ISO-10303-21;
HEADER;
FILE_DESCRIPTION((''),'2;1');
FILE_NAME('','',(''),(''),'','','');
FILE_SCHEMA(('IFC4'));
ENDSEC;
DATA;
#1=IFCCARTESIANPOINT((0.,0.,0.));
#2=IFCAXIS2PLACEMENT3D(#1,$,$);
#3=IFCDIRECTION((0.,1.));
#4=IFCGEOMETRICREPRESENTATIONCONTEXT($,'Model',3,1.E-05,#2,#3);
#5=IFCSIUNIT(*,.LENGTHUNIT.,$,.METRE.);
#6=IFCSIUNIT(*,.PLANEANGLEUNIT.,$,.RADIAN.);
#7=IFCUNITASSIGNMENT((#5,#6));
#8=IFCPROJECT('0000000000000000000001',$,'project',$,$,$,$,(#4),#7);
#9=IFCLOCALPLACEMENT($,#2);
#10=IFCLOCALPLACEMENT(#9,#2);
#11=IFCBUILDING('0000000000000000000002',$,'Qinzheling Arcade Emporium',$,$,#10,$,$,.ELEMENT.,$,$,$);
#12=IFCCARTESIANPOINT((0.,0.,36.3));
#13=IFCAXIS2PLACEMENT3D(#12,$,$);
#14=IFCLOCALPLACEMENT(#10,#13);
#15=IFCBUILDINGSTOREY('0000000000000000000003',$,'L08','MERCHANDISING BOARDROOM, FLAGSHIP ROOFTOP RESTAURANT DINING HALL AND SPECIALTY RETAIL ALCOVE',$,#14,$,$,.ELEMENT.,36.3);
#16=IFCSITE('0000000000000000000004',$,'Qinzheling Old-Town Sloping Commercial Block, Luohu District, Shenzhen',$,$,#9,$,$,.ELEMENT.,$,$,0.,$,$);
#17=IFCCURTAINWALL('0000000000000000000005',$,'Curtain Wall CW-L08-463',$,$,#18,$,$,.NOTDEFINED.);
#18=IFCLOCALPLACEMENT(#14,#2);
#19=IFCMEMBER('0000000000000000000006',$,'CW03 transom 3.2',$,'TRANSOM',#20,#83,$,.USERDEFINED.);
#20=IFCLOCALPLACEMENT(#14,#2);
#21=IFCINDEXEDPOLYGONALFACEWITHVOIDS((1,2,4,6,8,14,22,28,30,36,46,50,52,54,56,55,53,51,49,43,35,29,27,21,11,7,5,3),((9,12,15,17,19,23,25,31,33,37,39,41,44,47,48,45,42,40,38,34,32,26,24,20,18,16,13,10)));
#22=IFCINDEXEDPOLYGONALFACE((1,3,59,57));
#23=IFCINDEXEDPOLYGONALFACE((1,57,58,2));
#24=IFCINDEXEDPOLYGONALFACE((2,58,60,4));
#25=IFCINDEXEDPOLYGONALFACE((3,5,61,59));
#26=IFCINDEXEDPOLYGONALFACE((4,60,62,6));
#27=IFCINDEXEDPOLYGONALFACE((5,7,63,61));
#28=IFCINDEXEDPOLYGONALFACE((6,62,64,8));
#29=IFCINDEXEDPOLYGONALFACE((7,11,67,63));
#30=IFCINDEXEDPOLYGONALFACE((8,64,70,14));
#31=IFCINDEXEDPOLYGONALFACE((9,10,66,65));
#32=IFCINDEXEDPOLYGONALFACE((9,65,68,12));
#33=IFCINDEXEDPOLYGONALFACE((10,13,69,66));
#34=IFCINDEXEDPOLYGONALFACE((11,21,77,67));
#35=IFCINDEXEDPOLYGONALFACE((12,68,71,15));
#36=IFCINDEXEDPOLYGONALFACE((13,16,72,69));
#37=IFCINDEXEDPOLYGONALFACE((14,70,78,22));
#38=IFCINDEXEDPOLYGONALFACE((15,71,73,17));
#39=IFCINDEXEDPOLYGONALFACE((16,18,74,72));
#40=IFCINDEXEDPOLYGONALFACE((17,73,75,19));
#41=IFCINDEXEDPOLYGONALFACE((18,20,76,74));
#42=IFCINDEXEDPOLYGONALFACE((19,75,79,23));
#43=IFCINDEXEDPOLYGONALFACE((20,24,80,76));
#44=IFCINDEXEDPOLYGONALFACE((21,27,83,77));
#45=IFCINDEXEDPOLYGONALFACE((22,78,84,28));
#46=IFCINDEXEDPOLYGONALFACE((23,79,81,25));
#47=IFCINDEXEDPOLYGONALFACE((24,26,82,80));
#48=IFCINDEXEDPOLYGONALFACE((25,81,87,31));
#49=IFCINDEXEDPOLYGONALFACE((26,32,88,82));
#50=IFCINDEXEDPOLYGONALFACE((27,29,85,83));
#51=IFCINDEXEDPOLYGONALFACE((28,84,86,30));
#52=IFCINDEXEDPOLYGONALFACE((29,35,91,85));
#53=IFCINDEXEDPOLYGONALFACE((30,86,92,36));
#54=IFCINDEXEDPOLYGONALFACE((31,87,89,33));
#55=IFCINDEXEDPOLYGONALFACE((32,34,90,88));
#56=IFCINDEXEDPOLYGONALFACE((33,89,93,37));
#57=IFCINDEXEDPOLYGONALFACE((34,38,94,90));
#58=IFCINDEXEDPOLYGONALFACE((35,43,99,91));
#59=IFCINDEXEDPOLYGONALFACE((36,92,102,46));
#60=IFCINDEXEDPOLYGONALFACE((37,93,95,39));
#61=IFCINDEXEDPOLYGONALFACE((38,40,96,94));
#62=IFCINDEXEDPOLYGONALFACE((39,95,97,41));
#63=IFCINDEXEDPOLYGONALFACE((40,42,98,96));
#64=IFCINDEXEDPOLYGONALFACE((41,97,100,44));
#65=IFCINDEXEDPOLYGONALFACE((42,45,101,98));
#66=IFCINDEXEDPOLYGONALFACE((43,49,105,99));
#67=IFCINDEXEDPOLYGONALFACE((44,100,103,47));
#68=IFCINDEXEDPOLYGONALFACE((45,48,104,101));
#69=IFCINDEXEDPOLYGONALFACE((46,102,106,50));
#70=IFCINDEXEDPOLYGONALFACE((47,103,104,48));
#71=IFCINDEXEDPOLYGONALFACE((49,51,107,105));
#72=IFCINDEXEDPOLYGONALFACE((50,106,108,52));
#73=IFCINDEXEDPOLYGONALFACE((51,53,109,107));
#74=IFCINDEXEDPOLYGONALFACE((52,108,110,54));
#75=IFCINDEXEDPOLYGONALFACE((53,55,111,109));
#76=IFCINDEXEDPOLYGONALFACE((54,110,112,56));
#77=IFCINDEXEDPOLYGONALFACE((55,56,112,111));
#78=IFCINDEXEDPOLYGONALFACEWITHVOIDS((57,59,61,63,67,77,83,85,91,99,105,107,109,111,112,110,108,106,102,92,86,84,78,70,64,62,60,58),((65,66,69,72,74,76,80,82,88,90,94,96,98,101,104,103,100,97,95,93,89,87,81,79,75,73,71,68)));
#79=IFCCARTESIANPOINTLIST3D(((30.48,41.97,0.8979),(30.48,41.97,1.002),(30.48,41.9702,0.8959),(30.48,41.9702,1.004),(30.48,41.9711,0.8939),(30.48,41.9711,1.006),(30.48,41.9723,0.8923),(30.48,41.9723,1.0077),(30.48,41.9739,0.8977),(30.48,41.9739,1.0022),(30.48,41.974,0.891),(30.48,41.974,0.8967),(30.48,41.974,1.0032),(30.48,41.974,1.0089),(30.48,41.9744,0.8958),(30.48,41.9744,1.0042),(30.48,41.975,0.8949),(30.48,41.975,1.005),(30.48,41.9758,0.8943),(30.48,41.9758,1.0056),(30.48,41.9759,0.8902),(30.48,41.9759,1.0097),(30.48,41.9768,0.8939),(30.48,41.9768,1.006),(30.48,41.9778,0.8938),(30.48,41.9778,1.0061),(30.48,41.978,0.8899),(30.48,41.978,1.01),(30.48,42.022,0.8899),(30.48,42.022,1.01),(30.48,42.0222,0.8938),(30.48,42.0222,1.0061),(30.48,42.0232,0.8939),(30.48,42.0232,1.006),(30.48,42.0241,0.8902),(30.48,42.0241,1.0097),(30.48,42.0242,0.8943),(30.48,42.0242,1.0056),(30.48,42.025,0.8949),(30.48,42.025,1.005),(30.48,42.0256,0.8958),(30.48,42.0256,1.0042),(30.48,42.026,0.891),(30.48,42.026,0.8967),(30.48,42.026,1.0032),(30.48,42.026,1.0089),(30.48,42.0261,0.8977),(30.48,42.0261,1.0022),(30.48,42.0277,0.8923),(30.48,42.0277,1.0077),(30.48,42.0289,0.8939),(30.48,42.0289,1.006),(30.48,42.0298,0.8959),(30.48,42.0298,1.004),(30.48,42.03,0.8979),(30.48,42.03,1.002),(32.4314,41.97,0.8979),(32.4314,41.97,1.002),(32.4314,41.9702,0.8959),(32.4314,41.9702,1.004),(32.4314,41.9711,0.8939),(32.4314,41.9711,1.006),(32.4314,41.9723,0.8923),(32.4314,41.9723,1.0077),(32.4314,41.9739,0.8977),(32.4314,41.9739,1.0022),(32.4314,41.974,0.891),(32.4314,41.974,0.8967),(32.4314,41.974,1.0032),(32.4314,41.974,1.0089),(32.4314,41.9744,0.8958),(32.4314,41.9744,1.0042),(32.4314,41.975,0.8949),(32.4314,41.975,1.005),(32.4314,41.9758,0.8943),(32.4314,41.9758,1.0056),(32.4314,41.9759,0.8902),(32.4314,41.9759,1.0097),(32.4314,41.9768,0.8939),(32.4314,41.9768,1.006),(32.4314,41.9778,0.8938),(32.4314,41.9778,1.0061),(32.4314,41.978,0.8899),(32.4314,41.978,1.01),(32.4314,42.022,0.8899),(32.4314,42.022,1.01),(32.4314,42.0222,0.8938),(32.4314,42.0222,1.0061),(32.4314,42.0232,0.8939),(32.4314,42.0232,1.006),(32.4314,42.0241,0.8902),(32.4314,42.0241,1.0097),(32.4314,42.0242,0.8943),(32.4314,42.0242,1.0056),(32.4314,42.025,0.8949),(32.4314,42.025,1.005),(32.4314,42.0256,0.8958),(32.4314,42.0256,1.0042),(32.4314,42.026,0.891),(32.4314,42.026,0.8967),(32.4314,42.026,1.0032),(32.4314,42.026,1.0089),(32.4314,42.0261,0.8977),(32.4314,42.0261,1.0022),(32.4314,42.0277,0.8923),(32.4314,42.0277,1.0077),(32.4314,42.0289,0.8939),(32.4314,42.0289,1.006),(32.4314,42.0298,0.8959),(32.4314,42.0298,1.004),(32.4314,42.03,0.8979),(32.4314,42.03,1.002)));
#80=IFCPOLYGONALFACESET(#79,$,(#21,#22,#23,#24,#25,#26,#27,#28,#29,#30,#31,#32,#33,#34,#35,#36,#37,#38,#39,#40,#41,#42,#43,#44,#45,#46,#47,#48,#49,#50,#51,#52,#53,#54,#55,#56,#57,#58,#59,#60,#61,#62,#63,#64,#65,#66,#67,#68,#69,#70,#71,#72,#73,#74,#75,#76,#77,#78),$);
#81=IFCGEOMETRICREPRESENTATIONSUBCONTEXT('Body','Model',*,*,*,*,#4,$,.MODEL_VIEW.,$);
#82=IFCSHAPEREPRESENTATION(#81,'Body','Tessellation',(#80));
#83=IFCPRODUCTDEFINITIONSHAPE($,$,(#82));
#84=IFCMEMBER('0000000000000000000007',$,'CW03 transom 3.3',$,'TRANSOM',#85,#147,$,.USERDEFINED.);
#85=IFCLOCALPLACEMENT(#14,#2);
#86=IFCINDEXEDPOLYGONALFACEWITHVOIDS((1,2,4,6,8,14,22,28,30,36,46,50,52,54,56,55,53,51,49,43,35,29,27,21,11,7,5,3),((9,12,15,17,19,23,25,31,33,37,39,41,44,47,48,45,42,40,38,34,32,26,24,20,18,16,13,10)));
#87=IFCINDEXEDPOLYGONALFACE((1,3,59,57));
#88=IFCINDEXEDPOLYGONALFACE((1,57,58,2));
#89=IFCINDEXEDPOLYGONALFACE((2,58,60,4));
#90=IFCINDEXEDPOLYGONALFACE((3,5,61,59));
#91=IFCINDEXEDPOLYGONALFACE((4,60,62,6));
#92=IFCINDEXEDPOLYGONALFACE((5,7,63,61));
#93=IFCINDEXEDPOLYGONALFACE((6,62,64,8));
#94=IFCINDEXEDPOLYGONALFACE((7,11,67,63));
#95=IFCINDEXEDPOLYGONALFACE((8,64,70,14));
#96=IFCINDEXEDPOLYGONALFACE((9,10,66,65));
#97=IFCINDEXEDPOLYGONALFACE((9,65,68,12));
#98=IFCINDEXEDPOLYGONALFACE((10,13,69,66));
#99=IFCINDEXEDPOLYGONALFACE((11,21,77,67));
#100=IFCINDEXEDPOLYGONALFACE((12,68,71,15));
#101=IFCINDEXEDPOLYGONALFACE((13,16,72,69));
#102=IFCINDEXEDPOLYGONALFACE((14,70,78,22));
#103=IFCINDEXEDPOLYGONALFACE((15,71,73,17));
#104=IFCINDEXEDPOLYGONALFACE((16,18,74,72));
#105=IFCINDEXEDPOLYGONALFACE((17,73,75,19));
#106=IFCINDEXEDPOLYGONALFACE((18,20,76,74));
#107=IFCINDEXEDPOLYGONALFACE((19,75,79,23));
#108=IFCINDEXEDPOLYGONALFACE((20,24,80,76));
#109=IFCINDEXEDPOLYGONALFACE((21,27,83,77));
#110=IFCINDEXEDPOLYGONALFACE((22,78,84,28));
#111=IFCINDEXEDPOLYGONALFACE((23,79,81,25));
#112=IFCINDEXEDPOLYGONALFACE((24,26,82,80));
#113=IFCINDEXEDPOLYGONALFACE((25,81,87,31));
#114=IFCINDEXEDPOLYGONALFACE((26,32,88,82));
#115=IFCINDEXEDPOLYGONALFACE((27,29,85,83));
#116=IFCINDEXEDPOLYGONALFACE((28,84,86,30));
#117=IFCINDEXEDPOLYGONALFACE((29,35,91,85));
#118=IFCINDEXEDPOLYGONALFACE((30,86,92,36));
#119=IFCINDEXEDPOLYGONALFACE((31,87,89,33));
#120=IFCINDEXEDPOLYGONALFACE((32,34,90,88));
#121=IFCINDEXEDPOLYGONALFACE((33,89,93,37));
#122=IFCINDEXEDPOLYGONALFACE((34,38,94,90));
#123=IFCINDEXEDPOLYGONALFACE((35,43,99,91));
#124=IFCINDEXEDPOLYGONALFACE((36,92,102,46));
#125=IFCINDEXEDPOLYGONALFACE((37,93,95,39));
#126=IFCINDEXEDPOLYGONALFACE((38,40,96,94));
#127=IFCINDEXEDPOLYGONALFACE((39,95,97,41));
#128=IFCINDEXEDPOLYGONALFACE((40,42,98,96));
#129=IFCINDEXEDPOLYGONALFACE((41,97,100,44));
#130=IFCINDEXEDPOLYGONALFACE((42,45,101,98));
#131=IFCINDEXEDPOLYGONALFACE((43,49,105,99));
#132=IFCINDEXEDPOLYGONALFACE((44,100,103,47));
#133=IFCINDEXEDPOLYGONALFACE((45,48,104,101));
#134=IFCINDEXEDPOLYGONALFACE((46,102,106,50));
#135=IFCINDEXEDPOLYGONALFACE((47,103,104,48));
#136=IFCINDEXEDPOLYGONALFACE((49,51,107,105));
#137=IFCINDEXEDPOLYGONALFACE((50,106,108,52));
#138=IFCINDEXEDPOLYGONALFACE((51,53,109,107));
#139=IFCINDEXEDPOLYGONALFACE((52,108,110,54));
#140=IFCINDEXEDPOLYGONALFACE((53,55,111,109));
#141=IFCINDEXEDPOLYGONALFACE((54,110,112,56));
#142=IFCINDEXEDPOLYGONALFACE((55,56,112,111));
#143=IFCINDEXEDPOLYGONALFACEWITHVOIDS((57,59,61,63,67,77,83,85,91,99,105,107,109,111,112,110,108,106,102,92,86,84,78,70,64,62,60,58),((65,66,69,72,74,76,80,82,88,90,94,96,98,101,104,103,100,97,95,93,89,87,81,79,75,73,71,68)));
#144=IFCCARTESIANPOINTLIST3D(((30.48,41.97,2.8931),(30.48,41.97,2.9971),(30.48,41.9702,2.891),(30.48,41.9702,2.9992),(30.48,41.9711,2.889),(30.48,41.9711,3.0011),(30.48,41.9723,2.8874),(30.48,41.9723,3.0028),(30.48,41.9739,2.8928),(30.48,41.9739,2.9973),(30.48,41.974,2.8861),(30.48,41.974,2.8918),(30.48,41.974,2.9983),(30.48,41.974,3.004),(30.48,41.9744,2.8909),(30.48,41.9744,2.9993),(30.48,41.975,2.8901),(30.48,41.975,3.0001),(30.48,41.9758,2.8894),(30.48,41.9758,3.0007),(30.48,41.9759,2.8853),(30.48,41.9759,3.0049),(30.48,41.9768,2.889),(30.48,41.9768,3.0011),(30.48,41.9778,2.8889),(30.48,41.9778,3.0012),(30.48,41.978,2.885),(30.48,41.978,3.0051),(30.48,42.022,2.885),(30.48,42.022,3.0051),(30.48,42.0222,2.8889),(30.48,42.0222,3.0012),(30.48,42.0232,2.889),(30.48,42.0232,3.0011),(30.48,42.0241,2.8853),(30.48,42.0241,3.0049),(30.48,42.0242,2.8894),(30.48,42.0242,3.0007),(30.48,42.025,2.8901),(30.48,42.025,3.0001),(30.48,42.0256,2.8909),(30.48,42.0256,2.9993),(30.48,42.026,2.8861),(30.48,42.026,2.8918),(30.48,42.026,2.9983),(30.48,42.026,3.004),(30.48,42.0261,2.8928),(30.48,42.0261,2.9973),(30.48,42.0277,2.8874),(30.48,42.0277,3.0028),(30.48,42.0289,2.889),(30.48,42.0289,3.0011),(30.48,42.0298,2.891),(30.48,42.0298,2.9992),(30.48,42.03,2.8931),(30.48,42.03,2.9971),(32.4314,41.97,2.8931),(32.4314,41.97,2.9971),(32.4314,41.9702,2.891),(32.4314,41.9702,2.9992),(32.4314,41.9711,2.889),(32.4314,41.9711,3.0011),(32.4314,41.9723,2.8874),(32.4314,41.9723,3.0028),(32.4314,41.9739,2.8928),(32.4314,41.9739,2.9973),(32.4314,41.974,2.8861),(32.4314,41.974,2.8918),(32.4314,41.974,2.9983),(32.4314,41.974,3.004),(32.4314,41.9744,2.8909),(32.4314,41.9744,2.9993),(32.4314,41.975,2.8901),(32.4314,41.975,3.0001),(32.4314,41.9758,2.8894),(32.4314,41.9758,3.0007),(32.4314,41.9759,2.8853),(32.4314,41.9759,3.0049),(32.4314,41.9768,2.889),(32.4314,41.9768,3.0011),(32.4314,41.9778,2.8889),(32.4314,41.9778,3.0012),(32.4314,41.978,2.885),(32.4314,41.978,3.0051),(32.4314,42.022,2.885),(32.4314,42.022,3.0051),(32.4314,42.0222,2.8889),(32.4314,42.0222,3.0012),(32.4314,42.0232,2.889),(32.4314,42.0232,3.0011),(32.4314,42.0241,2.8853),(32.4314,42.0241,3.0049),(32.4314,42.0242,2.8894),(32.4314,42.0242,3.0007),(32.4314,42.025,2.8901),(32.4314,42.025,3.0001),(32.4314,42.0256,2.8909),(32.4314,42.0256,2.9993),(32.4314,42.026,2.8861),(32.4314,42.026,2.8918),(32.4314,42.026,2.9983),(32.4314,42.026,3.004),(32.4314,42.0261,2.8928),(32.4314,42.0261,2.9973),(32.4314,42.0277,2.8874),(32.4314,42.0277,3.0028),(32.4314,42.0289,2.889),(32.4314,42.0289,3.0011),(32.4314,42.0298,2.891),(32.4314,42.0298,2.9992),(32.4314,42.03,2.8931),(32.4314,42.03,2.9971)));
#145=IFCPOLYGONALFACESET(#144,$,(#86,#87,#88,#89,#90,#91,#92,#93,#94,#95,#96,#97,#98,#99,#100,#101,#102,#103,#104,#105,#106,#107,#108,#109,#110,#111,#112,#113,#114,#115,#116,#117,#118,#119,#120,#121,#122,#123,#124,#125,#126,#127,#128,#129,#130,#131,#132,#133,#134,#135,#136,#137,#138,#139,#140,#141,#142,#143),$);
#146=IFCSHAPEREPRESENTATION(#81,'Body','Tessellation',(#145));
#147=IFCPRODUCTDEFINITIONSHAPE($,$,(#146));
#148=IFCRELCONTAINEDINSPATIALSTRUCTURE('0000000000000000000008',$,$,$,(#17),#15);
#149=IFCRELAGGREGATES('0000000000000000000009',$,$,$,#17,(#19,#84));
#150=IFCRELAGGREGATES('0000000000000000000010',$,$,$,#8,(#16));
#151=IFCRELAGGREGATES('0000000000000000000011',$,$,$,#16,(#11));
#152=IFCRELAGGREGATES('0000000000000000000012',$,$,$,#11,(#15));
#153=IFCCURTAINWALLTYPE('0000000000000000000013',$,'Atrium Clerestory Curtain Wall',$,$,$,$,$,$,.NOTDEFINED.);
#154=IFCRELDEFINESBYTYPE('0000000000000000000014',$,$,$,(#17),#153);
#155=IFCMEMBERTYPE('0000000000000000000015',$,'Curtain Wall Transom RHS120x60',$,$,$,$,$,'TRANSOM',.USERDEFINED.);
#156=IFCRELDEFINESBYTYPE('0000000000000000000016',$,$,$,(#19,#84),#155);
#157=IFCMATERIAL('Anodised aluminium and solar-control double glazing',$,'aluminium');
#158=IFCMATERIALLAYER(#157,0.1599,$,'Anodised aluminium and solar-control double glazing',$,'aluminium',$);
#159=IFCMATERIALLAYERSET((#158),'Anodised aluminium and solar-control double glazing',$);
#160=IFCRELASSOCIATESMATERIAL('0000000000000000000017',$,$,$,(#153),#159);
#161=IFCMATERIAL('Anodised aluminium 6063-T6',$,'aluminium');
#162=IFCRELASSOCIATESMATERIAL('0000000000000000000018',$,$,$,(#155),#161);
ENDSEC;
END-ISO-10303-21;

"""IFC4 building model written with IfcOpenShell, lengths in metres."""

from ifc_helpers import new_model, si_unit, direction, frame, origin, origin_2d, place, context, subcontext, project, spatial, hollow_rectangle, extrude, material, layer, layer_set, material_profile, profile_set, type_object, element, aggregate, save


model = new_model("IFC4")

# Units and contexts
model_context = context("Model", 3, precision=1e-05, world=origin(), true_north=direction((0.0, 1.0)))
body_context = subcontext(model_context, "Body", "Model", "MODEL_VIEW")
ifc_project = project(units=[si_unit("LENGTHUNIT", "METRE"), si_unit("PLANEANGLEUNIT", "RADIAN")], contexts=[model_context])

# Site, building, storey
site_placement = place(None, origin())
site = spatial("IfcSite", under=ifc_project, at=site_placement, Name="Qinzheling Old-Town Sloping Commercial Block, Luohu District, Shenzhen", CompositionType="ELEMENT", RefElevation=0.0)
building_placement = place(site_placement, origin())
building = spatial("IfcBuilding", under=site, at=building_placement, Name="Qinzheling Arcade Emporium", CompositionType="ELEMENT")
storey_placement = place(building_placement, frame((0.0, 0.0, 36.3)))
storey = spatial("IfcBuildingStorey", under=building, at=storey_placement, Name="L08", Description="MERCHANDISING BOARDROOM, FLAGSHIP ROOFTOP RESTAURANT DINING HALL AND SPECIALTY RETAIL ALCOVE", CompositionType="ELEMENT", Elevation=36.3)

# Curtain wall, members
ifc_material_1 = material(Name="Anodised aluminium and solar-control double glazing", Category="aluminium")
ifc_layer_1 = layer(ifc_material_1, 0.1599, Name="Anodised aluminium and solar-control double glazing", Category="aluminium")
ifc_layer_set_1 = layer_set([ifc_layer_1], Name="Anodised aluminium and solar-control double glazing")
curtain_wall_type = type_object("IfcCurtainWallType", Name="Atrium Clerestory Curtain Wall", PredefinedType="NOTDEFINED", material=ifc_layer_set_1)
curtain_wall_placement = place(storey_placement, origin())
curtain_wall = element("IfcCurtainWall", 1, at=curtain_wall_placement, inside=storey, type_object=curtain_wall_type, Name="Curtain Wall CW-L08-463", PredefinedType="NOTDEFINED")
ifc_material_2 = material(Name="Anodised aluminium 6063-T6", Category="aluminium")
ifc_material_profile_1 = material_profile(ifc_material_2, hollow_rectangle(XDim=0.0601, YDim=0.1201, WallThickness=0.0039, InnerFilletRadius=0.0039, OuterFilletRadius=0.0081, at=origin_2d()), Name="RHS 120x60x4", Category="aluminium")
ifc_profile_set_1 = profile_set([ifc_material_profile_1], Name="Anodised aluminium 6063-T6")
member_type_1 = type_object("IfcMemberType", Name="Curtain Wall Transom RHS120x60", ElementType="TRANSOM", PredefinedType="USERDEFINED", material=ifc_profile_set_1)
member_1_placement = place(storey_placement, frame((30.48, 42.0, 0.95), z_axis=(1.0, 0.0, 0.0), x_axis=(0.0, 1.0, 0.0)))
member_1 = element("IfcMember", 2, at=member_1_placement, type_object=member_type_1, Name="CW03 transom 3.2", ObjectType="TRANSOM", PredefinedType="USERDEFINED", context=body_context, shape_type="SweptSolid", body=[
    extrude(hollow_rectangle(XDim=0.0601, YDim=0.1201, WallThickness=0.0039, InnerFilletRadius=0.0039, OuterFilletRadius=0.0081, at=origin_2d()), origin(), (0.0, 0.0, 1.0), 1.9514),
])
member_2_placement = place(storey_placement, frame((30.48, 42.0, 2.9451), z_axis=(1.0, 0.0, 0.0), x_axis=(0.0, 1.0, 0.0)))
member_2 = element("IfcMember", 3, at=member_2_placement, type_object=member_type_1, Name="CW03 transom 3.3", ObjectType="TRANSOM", PredefinedType="USERDEFINED", context=body_context, shape_type="SweptSolid", body=[
    extrude(hollow_rectangle(XDim=0.0601, YDim=0.1201, WallThickness=0.0039, InnerFilletRadius=0.0039, OuterFilletRadius=0.0081, at=origin_2d()), origin(), (0.0, 0.0, 1.0), 1.9514),
])

aggregate(curtain_wall, [member_1, member_2])

save(model, "model.ifc")
